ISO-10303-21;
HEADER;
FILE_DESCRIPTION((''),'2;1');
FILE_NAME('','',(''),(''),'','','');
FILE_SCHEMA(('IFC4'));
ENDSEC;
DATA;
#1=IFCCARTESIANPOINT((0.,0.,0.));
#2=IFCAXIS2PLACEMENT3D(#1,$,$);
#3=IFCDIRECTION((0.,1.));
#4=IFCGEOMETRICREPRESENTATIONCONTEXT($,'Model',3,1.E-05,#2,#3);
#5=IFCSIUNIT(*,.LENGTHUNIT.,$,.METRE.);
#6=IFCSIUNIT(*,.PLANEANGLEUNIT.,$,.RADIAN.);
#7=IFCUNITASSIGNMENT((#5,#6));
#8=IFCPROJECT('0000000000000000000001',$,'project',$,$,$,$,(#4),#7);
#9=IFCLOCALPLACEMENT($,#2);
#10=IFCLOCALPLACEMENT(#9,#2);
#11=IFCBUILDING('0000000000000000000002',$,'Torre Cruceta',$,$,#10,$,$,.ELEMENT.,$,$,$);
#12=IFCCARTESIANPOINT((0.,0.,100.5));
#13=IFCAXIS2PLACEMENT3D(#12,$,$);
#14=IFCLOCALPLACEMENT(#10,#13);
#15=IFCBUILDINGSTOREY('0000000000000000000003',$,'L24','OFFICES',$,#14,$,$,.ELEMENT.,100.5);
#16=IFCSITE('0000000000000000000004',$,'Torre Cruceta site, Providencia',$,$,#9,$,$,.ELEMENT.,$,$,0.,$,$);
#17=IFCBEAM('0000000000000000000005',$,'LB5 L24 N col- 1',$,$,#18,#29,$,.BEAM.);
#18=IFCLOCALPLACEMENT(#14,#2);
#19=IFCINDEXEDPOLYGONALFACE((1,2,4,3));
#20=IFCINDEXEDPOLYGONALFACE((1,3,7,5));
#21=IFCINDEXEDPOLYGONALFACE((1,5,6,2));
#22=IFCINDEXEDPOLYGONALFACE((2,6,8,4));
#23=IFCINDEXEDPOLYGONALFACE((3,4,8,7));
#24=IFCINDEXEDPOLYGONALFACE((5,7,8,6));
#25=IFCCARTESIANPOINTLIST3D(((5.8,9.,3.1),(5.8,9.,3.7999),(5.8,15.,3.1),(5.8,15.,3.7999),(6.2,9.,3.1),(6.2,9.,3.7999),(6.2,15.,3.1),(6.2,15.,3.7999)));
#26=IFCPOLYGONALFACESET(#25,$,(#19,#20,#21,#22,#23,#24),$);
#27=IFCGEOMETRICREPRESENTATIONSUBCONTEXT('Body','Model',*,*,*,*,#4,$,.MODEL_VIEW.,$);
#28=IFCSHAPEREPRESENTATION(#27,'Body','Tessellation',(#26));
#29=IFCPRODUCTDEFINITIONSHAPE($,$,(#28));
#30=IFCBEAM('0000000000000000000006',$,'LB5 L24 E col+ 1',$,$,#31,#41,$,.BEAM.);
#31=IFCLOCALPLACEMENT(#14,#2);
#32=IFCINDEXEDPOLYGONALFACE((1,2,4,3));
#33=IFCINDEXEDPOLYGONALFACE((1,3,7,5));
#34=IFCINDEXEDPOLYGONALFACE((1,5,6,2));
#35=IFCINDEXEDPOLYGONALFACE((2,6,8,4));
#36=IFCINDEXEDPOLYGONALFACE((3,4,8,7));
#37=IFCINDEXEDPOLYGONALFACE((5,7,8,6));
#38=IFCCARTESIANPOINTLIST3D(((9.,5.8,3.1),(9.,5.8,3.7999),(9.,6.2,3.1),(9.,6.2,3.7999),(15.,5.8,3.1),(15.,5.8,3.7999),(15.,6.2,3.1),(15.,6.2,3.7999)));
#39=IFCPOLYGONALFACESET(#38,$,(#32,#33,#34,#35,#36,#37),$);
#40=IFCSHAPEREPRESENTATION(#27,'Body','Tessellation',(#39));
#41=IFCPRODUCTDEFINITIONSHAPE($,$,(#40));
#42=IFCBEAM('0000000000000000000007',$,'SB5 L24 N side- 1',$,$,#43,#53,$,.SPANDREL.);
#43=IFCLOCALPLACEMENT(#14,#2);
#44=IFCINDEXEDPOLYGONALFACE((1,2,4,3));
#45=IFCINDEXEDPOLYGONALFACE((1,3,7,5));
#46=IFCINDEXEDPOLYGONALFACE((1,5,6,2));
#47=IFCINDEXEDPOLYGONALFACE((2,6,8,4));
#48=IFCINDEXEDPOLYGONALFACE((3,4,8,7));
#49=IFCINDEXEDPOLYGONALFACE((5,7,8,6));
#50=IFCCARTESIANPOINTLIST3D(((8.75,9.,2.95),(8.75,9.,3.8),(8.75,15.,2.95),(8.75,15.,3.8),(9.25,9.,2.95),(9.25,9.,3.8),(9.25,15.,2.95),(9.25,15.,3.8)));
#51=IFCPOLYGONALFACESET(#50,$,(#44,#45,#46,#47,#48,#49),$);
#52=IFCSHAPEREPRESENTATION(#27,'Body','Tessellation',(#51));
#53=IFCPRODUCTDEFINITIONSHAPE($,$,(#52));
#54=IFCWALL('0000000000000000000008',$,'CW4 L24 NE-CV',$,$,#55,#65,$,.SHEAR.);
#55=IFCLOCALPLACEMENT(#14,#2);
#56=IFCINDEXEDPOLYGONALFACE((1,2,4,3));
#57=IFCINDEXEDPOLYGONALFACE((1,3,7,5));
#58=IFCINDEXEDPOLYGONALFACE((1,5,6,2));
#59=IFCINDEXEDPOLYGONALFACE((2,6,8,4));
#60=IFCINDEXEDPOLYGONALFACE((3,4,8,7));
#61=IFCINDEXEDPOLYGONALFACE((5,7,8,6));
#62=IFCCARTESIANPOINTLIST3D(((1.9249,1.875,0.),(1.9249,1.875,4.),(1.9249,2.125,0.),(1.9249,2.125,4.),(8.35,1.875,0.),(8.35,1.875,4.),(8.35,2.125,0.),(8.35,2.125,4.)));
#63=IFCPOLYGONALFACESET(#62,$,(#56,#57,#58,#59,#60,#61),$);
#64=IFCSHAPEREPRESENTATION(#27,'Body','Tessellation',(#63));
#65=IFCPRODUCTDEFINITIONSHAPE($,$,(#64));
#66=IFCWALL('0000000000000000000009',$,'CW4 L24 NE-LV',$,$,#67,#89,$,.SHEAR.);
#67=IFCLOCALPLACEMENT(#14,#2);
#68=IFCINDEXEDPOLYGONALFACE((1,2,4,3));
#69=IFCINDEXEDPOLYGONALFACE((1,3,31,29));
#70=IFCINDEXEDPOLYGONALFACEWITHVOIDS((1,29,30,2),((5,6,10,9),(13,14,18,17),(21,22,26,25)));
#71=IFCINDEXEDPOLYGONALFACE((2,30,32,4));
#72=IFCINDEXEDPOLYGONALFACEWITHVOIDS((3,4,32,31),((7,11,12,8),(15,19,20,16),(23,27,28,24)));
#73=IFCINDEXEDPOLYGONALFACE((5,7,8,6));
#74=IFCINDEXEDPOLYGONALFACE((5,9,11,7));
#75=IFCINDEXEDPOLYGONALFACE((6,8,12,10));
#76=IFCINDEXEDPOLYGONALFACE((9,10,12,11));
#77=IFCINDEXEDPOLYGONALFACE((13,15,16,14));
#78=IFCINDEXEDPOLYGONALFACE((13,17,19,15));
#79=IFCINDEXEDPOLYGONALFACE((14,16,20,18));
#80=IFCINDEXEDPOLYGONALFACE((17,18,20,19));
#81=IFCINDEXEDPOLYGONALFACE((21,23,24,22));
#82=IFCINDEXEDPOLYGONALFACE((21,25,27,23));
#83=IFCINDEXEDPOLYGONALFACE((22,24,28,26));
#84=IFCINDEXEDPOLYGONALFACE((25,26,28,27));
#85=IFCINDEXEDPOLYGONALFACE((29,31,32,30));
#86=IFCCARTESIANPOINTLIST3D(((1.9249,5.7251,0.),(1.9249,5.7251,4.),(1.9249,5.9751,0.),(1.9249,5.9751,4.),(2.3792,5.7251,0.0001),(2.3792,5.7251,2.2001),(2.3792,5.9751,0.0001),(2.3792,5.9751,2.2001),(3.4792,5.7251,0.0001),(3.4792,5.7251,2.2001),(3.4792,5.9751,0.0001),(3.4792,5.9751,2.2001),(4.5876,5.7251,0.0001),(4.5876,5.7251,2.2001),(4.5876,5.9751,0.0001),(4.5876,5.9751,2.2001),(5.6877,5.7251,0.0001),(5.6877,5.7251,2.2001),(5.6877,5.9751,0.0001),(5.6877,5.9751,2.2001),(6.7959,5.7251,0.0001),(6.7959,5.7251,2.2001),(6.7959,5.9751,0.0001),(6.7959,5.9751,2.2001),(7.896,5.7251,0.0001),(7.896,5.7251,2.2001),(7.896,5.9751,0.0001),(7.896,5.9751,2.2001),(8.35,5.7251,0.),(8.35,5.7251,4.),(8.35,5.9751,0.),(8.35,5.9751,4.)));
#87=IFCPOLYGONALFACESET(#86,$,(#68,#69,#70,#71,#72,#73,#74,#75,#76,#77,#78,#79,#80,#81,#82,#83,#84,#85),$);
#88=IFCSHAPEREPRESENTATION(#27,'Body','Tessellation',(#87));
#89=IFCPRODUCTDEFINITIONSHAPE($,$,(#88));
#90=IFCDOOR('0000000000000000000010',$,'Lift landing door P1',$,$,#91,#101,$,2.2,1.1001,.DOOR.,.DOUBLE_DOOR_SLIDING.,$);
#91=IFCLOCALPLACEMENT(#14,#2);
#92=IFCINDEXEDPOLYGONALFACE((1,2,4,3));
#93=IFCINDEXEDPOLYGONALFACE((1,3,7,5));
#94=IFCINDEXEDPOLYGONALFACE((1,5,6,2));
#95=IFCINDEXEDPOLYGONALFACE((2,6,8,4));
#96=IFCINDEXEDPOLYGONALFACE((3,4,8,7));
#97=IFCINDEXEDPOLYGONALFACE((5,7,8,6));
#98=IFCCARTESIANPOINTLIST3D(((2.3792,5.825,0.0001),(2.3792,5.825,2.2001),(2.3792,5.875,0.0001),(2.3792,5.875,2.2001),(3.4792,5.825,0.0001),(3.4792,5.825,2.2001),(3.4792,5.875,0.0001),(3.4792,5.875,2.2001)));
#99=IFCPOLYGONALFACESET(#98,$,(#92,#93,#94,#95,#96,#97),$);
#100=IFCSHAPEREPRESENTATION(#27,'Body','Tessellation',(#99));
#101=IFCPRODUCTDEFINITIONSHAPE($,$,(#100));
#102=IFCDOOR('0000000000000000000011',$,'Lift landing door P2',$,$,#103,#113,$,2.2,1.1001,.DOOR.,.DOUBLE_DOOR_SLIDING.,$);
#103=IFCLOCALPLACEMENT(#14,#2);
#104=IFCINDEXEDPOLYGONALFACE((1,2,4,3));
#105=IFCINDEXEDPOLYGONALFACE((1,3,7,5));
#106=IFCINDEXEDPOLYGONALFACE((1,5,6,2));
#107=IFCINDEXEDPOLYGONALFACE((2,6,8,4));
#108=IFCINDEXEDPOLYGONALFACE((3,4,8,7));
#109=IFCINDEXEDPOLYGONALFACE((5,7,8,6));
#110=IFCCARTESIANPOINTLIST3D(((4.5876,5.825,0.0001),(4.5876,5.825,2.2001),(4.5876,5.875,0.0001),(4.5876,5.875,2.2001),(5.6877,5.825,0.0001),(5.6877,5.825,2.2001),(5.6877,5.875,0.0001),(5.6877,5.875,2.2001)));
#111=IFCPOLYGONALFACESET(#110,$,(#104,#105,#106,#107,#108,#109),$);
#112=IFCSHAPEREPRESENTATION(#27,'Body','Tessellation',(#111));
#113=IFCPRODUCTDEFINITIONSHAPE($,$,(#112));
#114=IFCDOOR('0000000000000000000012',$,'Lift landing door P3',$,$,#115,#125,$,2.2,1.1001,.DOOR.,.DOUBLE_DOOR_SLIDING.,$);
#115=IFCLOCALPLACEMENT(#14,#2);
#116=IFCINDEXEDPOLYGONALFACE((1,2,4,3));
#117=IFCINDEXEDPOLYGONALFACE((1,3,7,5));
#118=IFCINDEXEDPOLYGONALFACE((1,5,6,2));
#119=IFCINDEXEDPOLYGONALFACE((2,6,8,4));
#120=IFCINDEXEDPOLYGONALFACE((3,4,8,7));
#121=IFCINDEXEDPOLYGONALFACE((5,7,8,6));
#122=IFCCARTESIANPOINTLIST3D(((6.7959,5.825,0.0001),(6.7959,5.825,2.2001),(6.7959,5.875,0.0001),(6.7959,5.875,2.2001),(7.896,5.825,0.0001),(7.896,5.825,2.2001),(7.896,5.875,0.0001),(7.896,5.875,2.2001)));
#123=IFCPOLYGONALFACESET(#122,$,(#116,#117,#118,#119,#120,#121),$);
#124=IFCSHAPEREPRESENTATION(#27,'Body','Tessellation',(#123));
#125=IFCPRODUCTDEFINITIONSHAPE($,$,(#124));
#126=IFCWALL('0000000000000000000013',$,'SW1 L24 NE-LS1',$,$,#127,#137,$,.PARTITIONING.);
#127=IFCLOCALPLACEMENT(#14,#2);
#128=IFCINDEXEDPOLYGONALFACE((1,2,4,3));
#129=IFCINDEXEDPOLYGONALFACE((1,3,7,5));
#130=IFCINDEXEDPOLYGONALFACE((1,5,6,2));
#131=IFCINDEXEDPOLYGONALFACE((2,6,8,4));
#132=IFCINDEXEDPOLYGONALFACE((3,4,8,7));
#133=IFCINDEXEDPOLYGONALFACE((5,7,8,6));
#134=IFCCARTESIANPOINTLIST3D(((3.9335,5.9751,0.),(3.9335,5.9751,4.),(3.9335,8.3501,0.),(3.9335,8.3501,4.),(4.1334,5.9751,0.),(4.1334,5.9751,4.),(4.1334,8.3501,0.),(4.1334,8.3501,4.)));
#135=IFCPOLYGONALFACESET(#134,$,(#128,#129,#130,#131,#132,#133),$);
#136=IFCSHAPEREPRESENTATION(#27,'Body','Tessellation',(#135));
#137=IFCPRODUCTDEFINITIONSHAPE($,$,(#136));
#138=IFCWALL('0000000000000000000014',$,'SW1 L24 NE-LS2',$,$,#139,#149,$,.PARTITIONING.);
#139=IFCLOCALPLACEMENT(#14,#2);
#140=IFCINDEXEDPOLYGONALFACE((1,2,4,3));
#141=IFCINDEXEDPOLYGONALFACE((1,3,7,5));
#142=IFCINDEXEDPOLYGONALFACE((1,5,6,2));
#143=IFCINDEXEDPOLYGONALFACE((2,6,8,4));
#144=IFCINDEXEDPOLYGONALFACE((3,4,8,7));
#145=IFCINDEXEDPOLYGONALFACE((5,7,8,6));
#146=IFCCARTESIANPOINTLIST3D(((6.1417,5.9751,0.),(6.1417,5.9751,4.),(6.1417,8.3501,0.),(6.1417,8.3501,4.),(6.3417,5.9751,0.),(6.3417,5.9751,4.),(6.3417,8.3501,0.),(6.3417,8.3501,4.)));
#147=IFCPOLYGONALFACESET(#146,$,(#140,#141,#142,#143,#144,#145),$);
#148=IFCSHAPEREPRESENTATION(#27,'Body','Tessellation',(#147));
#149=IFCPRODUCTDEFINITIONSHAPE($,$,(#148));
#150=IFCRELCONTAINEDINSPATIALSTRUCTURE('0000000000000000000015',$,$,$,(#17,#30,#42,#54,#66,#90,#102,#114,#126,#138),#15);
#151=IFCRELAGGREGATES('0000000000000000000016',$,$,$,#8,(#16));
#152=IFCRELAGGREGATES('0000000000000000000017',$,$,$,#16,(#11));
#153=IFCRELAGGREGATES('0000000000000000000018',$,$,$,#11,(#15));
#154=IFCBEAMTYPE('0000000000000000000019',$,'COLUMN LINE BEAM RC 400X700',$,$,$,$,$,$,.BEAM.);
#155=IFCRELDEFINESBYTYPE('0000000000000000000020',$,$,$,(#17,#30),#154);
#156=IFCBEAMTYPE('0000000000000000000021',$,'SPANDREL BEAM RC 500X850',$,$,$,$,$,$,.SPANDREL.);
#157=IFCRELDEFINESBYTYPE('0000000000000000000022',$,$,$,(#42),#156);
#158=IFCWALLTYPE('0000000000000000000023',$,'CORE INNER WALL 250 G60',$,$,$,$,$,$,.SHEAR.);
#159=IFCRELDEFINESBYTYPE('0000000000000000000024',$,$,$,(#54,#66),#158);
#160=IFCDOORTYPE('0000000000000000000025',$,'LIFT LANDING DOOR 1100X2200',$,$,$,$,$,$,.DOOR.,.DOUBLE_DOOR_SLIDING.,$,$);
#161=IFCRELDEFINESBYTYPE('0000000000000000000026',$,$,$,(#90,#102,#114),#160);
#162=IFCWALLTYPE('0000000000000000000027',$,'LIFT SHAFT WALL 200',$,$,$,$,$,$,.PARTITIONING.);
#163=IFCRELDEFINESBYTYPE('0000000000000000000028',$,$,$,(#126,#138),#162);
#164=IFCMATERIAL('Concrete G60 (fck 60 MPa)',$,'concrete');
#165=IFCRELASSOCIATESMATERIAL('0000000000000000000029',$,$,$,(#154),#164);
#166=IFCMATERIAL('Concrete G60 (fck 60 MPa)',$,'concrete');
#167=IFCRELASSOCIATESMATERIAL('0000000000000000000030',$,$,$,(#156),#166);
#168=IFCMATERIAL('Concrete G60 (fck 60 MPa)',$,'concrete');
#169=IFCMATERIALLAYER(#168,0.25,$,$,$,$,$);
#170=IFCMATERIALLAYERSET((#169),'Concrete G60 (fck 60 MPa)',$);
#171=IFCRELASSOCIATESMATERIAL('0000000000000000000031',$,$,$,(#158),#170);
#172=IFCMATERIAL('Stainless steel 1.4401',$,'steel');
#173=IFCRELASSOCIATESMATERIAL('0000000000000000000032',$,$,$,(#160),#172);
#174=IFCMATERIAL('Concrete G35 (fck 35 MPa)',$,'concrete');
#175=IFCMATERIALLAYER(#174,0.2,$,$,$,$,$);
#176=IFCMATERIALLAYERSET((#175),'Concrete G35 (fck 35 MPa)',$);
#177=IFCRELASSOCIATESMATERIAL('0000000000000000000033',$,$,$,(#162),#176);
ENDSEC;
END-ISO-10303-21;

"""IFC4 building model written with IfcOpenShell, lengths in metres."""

from ifc_helpers import new_model, si_unit, direction, frame, frame_2d, origin, origin_2d, place, context, subcontext, project, spatial, rectangle, extrude, material, layer, layer_set, material_profile, profile_set, type_object, element, fill, save


model = new_model("IFC4")

# Units and contexts
model_context = context("Model", 3, precision=1e-05, world=origin(), true_north=direction((0.0, 1.0)))
body_context = subcontext(model_context, "Body", "Model", "MODEL_VIEW")
ifc_project = project(units=[si_unit("LENGTHUNIT", "METRE"), si_unit("PLANEANGLEUNIT", "RADIAN")], contexts=[model_context])

# Site, building, storey
site_placement = place(None, origin())
site = spatial("IfcSite", under=ifc_project, at=site_placement, Name="Torre Cruceta site, Providencia", CompositionType="ELEMENT", RefElevation=0.0)
building_placement = place(site_placement, origin())
building = spatial("IfcBuilding", under=site, at=building_placement, Name="Torre Cruceta", CompositionType="ELEMENT")
storey_placement = place(building_placement, frame((0.0, 0.0, 100.5)))
storey = spatial("IfcBuildingStorey", under=building, at=storey_placement, Name="L24", Description="OFFICES", CompositionType="ELEMENT", Elevation=100.5)

# Beams
ifc_material_1 = material(Name="Concrete G60 (fck 60 MPa)", Category="concrete")
ifc_material_profile_1 = material_profile(ifc_material_1, rectangle(XDim=0.3999, YDim=0.7, at=origin_2d()), Name="RC 400X700")
ifc_profile_set_1 = profile_set([ifc_material_profile_1], Name="Concrete G60 (fck 60 MPa)")
beam_type_1 = type_object("IfcBeamType", Name="COLUMN LINE BEAM RC 400X700", PredefinedType="BEAM", material=ifc_profile_set_1)
for number, where, z_axis, x_axis, name in (
    (1, (6.0, 9.0, 3.45), (0.0, 1.0, 0.0), (-1.0, 0.0, 0.0), "LB5 L24 N col- 1"),
    (2, (9.0, 6.0, 3.45), (1.0, 0.0, 0.0), (0.0, 1.0, 0.0), "LB5 L24 E col+ 1"),
):
    element("IfcBeam", number, at=place(storey_placement, frame(where, z_axis=z_axis, x_axis=x_axis)), inside=storey, type_object=beam_type_1, Name=name, PredefinedType="BEAM", context=body_context, shape_type="SweptSolid", body=[
        extrude(rectangle(XDim=0.3999, YDim=0.7, at=origin_2d()), origin(), (0.0, 0.0, 1.0), 6.0),
    ])
ifc_material_2 = material(Name="Concrete G60 (fck 60 MPa)", Category="concrete")
ifc_material_profile_2 = material_profile(ifc_material_2, rectangle(XDim=0.5, YDim=0.8501, at=origin_2d()), Name="RC 500X850")
ifc_profile_set_2 = profile_set([ifc_material_profile_2], Name="Concrete G60 (fck 60 MPa)")
beam_type_2 = type_object("IfcBeamType", Name="SPANDREL BEAM RC 500X850", PredefinedType="SPANDREL", material=ifc_profile_set_2)
beam_placement = place(storey_placement, frame((9.0, 9.0, 3.375), z_axis=(0.0, 1.0, 0.0), x_axis=(-1.0, 0.0, 0.0)))
element("IfcBeam", 3, at=beam_placement, inside=storey, type_object=beam_type_2, Name="SB5 L24 N side- 1", PredefinedType="SPANDREL", context=body_context, shape_type="SweptSolid", body=[
    extrude(rectangle(XDim=0.5, YDim=0.8501, at=origin_2d()), origin(), (0.0, 0.0, 1.0), 6.0),
])

# Shared definitions
ifc_material_3 = material(Name="Concrete G60 (fck 60 MPa)", Category="concrete")
ifc_layer_1 = layer(ifc_material_3, 0.25)
ifc_layer_set_1 = layer_set([ifc_layer_1], Name="Concrete G60 (fck 60 MPa)")
wall_type_1 = type_object("IfcWallType", Name="CORE INNER WALL 250 G60", PredefinedType="SHEAR", material=ifc_layer_set_1)

# Wall
wall_1_placement = place(storey_placement, frame((1.925, 2.0, 0.0), z_axis=(0.0, 0.0, 1.0), x_axis=(1.0, 0.0, 0.0)))
element("IfcWall", 4, at=wall_1_placement, inside=storey, type_object=wall_type_1, Name="CW4 L24 NE-CV", PredefinedType="SHEAR", context=body_context, shape_type="SweptSolid", body=[
    extrude(rectangle(XDim=6.425, YDim=0.25, at=frame_2d((3.2124, 0.0))), origin(), (0.0, 0.0, 1.0), 4.0),
])

# Wall, openings, doors
wall_2_placement = place(storey_placement, frame((1.925, 5.8501, 0.0), z_axis=(0.0, 0.0, 1.0), x_axis=(1.0, 0.0, 0.0)))
wall_2 = element("IfcWall", 5, at=wall_2_placement, inside=storey, type_object=wall_type_1, Name="CW4 L24 NE-LV", PredefinedType="SHEAR", context=body_context, shape_type="SweptSolid", body=[
    extrude(rectangle(XDim=6.425, YDim=0.25, at=frame_2d((3.2124, 0.0))), origin(), (0.0, 0.0, 1.0), 4.0),
])
opening_1_placement = place(wall_2_placement, frame((0.4541, 0.0, 0.0)))
opening_1 = element("IfcOpeningElement", 6, at=opening_1_placement, cuts=wall_2, PredefinedType="OPENING", context=body_context, shape_type="SweptSolid", body=[
    extrude(rectangle(XDim=1.1001, YDim=2.2, at=frame_2d((0.55, 1.1001))), frame((0.0, 0.135, 0.0), z_axis=(0.0, -1.0, 0.0), x_axis=(1.0, 0.0, 0.0)), (0.0, 0.0, 1.0), 0.27),
])
opening_2_placement = place(wall_2_placement, frame((2.6626, 0.0, 0.0)))
opening_2 = element("IfcOpeningElement", 7, at=opening_2_placement, cuts=wall_2, PredefinedType="OPENING", context=body_context, shape_type="SweptSolid", body=[
    extrude(rectangle(XDim=1.1001, YDim=2.2, at=frame_2d((0.55, 1.1001))), frame((0.0, 0.135, 0.0), z_axis=(0.0, -1.0, 0.0), x_axis=(1.0, 0.0, 0.0)), (0.0, 0.0, 1.0), 0.27),
])
opening_3_placement = place(wall_2_placement, frame((4.8708, 0.0, 0.0)))
opening_3 = element("IfcOpeningElement", 8, at=opening_3_placement, cuts=wall_2, PredefinedType="OPENING", context=body_context, shape_type="SweptSolid", body=[
    extrude(rectangle(XDim=1.1001, YDim=2.2, at=frame_2d((0.55, 1.1001))), frame((0.0, 0.135, 0.0), z_axis=(0.0, -1.0, 0.0), x_axis=(1.0, 0.0, 0.0)), (0.0, 0.0, 1.0), 0.27),
])
ifc_material_4 = material(Name="Stainless steel 1.4401", Category="steel")
door_type_1 = type_object("IfcDoorType", Name="LIFT LANDING DOOR 1100X2200", OperationType="DOUBLE_DOOR_SLIDING", PredefinedType="DOOR", material=ifc_material_4)
door_1_placement = place(opening_1_placement, origin())
door_1 = element("IfcDoor", 9, at=door_1_placement, inside=storey, type_object=door_type_1, Name="Lift landing door P1", OperationType="DOUBLE_DOOR_SLIDING", OverallHeight=2.2, OverallWidth=1.1001, PredefinedType="DOOR", context=body_context, shape_type="SweptSolid", body=[
    extrude(rectangle(XDim=1.1001, YDim=2.2, at=frame_2d((0.55, 1.1001))), frame((0.0, 0.0249, 0.0), z_axis=(0.0, -1.0, 0.0), x_axis=(1.0, 0.0, 0.0)), (0.0, 0.0, 1.0), 0.05),
])
fill(opening_1, door_1)
door_2_placement = place(opening_2_placement, origin())
door_2 = element("IfcDoor", 10, at=door_2_placement, inside=storey, type_object=door_type_1, Name="Lift landing door P2", OperationType="DOUBLE_DOOR_SLIDING", OverallHeight=2.2, OverallWidth=1.1001, PredefinedType="DOOR", context=body_context, shape_type="SweptSolid", body=[
    extrude(rectangle(XDim=1.1001, YDim=2.2, at=frame_2d((0.55, 1.1001))), frame((0.0, 0.0249, 0.0), z_axis=(0.0, -1.0, 0.0), x_axis=(1.0, 0.0, 0.0)), (0.0, 0.0, 1.0), 0.05),
])
fill(opening_2, door_2)
door_3_placement = place(opening_3_placement, origin())
door_3 = element("IfcDoor", 11, at=door_3_placement, inside=storey, type_object=door_type_1, Name="Lift landing door P3", OperationType="DOUBLE_DOOR_SLIDING", OverallHeight=2.2, OverallWidth=1.1001, PredefinedType="DOOR", context=body_context, shape_type="SweptSolid", body=[
    extrude(rectangle(XDim=1.1001, YDim=2.2, at=frame_2d((0.55, 1.1001))), frame((0.0, 0.0249, 0.0), z_axis=(0.0, -1.0, 0.0), x_axis=(1.0, 0.0, 0.0)), (0.0, 0.0, 1.0), 0.05),
])
fill(opening_3, door_3)

# Walls
ifc_material_5 = material(Name="Concrete G35 (fck 35 MPa)", Category="concrete")
ifc_layer_2 = layer(ifc_material_5, 0.2)
ifc_layer_set_2 = layer_set([ifc_layer_2], Name="Concrete G35 (fck 35 MPa)")
wall_type_2 = type_object("IfcWallType", Name="LIFT SHAFT WALL 200", PredefinedType="PARTITIONING", material=ifc_layer_set_2)
for number, where, z_axis, x_axis, name in (
    (12, (4.0334, 5.9751, 0.0), (0.0, 0.0, 1.0), (0.0, 1.0, 0.0), "SW1 L24 NE-LS1"),
    (13, (6.2417, 5.9751, 0.0), (0.0, 0.0, 1.0), (0.0, 1.0, 0.0), "SW1 L24 NE-LS2"),
):
    element("IfcWall", number, at=place(storey_placement, frame(where, z_axis=z_axis, x_axis=x_axis)), inside=storey, type_object=wall_type_2, Name=name, PredefinedType="PARTITIONING", context=body_context, shape_type="SweptSolid", body=[
        extrude(rectangle(XDim=2.375, YDim=0.2, at=frame_2d((1.1875, 0.0))), origin(), (0.0, 0.0, 1.0), 4.0),
    ])

save(model, "model.ifc")
